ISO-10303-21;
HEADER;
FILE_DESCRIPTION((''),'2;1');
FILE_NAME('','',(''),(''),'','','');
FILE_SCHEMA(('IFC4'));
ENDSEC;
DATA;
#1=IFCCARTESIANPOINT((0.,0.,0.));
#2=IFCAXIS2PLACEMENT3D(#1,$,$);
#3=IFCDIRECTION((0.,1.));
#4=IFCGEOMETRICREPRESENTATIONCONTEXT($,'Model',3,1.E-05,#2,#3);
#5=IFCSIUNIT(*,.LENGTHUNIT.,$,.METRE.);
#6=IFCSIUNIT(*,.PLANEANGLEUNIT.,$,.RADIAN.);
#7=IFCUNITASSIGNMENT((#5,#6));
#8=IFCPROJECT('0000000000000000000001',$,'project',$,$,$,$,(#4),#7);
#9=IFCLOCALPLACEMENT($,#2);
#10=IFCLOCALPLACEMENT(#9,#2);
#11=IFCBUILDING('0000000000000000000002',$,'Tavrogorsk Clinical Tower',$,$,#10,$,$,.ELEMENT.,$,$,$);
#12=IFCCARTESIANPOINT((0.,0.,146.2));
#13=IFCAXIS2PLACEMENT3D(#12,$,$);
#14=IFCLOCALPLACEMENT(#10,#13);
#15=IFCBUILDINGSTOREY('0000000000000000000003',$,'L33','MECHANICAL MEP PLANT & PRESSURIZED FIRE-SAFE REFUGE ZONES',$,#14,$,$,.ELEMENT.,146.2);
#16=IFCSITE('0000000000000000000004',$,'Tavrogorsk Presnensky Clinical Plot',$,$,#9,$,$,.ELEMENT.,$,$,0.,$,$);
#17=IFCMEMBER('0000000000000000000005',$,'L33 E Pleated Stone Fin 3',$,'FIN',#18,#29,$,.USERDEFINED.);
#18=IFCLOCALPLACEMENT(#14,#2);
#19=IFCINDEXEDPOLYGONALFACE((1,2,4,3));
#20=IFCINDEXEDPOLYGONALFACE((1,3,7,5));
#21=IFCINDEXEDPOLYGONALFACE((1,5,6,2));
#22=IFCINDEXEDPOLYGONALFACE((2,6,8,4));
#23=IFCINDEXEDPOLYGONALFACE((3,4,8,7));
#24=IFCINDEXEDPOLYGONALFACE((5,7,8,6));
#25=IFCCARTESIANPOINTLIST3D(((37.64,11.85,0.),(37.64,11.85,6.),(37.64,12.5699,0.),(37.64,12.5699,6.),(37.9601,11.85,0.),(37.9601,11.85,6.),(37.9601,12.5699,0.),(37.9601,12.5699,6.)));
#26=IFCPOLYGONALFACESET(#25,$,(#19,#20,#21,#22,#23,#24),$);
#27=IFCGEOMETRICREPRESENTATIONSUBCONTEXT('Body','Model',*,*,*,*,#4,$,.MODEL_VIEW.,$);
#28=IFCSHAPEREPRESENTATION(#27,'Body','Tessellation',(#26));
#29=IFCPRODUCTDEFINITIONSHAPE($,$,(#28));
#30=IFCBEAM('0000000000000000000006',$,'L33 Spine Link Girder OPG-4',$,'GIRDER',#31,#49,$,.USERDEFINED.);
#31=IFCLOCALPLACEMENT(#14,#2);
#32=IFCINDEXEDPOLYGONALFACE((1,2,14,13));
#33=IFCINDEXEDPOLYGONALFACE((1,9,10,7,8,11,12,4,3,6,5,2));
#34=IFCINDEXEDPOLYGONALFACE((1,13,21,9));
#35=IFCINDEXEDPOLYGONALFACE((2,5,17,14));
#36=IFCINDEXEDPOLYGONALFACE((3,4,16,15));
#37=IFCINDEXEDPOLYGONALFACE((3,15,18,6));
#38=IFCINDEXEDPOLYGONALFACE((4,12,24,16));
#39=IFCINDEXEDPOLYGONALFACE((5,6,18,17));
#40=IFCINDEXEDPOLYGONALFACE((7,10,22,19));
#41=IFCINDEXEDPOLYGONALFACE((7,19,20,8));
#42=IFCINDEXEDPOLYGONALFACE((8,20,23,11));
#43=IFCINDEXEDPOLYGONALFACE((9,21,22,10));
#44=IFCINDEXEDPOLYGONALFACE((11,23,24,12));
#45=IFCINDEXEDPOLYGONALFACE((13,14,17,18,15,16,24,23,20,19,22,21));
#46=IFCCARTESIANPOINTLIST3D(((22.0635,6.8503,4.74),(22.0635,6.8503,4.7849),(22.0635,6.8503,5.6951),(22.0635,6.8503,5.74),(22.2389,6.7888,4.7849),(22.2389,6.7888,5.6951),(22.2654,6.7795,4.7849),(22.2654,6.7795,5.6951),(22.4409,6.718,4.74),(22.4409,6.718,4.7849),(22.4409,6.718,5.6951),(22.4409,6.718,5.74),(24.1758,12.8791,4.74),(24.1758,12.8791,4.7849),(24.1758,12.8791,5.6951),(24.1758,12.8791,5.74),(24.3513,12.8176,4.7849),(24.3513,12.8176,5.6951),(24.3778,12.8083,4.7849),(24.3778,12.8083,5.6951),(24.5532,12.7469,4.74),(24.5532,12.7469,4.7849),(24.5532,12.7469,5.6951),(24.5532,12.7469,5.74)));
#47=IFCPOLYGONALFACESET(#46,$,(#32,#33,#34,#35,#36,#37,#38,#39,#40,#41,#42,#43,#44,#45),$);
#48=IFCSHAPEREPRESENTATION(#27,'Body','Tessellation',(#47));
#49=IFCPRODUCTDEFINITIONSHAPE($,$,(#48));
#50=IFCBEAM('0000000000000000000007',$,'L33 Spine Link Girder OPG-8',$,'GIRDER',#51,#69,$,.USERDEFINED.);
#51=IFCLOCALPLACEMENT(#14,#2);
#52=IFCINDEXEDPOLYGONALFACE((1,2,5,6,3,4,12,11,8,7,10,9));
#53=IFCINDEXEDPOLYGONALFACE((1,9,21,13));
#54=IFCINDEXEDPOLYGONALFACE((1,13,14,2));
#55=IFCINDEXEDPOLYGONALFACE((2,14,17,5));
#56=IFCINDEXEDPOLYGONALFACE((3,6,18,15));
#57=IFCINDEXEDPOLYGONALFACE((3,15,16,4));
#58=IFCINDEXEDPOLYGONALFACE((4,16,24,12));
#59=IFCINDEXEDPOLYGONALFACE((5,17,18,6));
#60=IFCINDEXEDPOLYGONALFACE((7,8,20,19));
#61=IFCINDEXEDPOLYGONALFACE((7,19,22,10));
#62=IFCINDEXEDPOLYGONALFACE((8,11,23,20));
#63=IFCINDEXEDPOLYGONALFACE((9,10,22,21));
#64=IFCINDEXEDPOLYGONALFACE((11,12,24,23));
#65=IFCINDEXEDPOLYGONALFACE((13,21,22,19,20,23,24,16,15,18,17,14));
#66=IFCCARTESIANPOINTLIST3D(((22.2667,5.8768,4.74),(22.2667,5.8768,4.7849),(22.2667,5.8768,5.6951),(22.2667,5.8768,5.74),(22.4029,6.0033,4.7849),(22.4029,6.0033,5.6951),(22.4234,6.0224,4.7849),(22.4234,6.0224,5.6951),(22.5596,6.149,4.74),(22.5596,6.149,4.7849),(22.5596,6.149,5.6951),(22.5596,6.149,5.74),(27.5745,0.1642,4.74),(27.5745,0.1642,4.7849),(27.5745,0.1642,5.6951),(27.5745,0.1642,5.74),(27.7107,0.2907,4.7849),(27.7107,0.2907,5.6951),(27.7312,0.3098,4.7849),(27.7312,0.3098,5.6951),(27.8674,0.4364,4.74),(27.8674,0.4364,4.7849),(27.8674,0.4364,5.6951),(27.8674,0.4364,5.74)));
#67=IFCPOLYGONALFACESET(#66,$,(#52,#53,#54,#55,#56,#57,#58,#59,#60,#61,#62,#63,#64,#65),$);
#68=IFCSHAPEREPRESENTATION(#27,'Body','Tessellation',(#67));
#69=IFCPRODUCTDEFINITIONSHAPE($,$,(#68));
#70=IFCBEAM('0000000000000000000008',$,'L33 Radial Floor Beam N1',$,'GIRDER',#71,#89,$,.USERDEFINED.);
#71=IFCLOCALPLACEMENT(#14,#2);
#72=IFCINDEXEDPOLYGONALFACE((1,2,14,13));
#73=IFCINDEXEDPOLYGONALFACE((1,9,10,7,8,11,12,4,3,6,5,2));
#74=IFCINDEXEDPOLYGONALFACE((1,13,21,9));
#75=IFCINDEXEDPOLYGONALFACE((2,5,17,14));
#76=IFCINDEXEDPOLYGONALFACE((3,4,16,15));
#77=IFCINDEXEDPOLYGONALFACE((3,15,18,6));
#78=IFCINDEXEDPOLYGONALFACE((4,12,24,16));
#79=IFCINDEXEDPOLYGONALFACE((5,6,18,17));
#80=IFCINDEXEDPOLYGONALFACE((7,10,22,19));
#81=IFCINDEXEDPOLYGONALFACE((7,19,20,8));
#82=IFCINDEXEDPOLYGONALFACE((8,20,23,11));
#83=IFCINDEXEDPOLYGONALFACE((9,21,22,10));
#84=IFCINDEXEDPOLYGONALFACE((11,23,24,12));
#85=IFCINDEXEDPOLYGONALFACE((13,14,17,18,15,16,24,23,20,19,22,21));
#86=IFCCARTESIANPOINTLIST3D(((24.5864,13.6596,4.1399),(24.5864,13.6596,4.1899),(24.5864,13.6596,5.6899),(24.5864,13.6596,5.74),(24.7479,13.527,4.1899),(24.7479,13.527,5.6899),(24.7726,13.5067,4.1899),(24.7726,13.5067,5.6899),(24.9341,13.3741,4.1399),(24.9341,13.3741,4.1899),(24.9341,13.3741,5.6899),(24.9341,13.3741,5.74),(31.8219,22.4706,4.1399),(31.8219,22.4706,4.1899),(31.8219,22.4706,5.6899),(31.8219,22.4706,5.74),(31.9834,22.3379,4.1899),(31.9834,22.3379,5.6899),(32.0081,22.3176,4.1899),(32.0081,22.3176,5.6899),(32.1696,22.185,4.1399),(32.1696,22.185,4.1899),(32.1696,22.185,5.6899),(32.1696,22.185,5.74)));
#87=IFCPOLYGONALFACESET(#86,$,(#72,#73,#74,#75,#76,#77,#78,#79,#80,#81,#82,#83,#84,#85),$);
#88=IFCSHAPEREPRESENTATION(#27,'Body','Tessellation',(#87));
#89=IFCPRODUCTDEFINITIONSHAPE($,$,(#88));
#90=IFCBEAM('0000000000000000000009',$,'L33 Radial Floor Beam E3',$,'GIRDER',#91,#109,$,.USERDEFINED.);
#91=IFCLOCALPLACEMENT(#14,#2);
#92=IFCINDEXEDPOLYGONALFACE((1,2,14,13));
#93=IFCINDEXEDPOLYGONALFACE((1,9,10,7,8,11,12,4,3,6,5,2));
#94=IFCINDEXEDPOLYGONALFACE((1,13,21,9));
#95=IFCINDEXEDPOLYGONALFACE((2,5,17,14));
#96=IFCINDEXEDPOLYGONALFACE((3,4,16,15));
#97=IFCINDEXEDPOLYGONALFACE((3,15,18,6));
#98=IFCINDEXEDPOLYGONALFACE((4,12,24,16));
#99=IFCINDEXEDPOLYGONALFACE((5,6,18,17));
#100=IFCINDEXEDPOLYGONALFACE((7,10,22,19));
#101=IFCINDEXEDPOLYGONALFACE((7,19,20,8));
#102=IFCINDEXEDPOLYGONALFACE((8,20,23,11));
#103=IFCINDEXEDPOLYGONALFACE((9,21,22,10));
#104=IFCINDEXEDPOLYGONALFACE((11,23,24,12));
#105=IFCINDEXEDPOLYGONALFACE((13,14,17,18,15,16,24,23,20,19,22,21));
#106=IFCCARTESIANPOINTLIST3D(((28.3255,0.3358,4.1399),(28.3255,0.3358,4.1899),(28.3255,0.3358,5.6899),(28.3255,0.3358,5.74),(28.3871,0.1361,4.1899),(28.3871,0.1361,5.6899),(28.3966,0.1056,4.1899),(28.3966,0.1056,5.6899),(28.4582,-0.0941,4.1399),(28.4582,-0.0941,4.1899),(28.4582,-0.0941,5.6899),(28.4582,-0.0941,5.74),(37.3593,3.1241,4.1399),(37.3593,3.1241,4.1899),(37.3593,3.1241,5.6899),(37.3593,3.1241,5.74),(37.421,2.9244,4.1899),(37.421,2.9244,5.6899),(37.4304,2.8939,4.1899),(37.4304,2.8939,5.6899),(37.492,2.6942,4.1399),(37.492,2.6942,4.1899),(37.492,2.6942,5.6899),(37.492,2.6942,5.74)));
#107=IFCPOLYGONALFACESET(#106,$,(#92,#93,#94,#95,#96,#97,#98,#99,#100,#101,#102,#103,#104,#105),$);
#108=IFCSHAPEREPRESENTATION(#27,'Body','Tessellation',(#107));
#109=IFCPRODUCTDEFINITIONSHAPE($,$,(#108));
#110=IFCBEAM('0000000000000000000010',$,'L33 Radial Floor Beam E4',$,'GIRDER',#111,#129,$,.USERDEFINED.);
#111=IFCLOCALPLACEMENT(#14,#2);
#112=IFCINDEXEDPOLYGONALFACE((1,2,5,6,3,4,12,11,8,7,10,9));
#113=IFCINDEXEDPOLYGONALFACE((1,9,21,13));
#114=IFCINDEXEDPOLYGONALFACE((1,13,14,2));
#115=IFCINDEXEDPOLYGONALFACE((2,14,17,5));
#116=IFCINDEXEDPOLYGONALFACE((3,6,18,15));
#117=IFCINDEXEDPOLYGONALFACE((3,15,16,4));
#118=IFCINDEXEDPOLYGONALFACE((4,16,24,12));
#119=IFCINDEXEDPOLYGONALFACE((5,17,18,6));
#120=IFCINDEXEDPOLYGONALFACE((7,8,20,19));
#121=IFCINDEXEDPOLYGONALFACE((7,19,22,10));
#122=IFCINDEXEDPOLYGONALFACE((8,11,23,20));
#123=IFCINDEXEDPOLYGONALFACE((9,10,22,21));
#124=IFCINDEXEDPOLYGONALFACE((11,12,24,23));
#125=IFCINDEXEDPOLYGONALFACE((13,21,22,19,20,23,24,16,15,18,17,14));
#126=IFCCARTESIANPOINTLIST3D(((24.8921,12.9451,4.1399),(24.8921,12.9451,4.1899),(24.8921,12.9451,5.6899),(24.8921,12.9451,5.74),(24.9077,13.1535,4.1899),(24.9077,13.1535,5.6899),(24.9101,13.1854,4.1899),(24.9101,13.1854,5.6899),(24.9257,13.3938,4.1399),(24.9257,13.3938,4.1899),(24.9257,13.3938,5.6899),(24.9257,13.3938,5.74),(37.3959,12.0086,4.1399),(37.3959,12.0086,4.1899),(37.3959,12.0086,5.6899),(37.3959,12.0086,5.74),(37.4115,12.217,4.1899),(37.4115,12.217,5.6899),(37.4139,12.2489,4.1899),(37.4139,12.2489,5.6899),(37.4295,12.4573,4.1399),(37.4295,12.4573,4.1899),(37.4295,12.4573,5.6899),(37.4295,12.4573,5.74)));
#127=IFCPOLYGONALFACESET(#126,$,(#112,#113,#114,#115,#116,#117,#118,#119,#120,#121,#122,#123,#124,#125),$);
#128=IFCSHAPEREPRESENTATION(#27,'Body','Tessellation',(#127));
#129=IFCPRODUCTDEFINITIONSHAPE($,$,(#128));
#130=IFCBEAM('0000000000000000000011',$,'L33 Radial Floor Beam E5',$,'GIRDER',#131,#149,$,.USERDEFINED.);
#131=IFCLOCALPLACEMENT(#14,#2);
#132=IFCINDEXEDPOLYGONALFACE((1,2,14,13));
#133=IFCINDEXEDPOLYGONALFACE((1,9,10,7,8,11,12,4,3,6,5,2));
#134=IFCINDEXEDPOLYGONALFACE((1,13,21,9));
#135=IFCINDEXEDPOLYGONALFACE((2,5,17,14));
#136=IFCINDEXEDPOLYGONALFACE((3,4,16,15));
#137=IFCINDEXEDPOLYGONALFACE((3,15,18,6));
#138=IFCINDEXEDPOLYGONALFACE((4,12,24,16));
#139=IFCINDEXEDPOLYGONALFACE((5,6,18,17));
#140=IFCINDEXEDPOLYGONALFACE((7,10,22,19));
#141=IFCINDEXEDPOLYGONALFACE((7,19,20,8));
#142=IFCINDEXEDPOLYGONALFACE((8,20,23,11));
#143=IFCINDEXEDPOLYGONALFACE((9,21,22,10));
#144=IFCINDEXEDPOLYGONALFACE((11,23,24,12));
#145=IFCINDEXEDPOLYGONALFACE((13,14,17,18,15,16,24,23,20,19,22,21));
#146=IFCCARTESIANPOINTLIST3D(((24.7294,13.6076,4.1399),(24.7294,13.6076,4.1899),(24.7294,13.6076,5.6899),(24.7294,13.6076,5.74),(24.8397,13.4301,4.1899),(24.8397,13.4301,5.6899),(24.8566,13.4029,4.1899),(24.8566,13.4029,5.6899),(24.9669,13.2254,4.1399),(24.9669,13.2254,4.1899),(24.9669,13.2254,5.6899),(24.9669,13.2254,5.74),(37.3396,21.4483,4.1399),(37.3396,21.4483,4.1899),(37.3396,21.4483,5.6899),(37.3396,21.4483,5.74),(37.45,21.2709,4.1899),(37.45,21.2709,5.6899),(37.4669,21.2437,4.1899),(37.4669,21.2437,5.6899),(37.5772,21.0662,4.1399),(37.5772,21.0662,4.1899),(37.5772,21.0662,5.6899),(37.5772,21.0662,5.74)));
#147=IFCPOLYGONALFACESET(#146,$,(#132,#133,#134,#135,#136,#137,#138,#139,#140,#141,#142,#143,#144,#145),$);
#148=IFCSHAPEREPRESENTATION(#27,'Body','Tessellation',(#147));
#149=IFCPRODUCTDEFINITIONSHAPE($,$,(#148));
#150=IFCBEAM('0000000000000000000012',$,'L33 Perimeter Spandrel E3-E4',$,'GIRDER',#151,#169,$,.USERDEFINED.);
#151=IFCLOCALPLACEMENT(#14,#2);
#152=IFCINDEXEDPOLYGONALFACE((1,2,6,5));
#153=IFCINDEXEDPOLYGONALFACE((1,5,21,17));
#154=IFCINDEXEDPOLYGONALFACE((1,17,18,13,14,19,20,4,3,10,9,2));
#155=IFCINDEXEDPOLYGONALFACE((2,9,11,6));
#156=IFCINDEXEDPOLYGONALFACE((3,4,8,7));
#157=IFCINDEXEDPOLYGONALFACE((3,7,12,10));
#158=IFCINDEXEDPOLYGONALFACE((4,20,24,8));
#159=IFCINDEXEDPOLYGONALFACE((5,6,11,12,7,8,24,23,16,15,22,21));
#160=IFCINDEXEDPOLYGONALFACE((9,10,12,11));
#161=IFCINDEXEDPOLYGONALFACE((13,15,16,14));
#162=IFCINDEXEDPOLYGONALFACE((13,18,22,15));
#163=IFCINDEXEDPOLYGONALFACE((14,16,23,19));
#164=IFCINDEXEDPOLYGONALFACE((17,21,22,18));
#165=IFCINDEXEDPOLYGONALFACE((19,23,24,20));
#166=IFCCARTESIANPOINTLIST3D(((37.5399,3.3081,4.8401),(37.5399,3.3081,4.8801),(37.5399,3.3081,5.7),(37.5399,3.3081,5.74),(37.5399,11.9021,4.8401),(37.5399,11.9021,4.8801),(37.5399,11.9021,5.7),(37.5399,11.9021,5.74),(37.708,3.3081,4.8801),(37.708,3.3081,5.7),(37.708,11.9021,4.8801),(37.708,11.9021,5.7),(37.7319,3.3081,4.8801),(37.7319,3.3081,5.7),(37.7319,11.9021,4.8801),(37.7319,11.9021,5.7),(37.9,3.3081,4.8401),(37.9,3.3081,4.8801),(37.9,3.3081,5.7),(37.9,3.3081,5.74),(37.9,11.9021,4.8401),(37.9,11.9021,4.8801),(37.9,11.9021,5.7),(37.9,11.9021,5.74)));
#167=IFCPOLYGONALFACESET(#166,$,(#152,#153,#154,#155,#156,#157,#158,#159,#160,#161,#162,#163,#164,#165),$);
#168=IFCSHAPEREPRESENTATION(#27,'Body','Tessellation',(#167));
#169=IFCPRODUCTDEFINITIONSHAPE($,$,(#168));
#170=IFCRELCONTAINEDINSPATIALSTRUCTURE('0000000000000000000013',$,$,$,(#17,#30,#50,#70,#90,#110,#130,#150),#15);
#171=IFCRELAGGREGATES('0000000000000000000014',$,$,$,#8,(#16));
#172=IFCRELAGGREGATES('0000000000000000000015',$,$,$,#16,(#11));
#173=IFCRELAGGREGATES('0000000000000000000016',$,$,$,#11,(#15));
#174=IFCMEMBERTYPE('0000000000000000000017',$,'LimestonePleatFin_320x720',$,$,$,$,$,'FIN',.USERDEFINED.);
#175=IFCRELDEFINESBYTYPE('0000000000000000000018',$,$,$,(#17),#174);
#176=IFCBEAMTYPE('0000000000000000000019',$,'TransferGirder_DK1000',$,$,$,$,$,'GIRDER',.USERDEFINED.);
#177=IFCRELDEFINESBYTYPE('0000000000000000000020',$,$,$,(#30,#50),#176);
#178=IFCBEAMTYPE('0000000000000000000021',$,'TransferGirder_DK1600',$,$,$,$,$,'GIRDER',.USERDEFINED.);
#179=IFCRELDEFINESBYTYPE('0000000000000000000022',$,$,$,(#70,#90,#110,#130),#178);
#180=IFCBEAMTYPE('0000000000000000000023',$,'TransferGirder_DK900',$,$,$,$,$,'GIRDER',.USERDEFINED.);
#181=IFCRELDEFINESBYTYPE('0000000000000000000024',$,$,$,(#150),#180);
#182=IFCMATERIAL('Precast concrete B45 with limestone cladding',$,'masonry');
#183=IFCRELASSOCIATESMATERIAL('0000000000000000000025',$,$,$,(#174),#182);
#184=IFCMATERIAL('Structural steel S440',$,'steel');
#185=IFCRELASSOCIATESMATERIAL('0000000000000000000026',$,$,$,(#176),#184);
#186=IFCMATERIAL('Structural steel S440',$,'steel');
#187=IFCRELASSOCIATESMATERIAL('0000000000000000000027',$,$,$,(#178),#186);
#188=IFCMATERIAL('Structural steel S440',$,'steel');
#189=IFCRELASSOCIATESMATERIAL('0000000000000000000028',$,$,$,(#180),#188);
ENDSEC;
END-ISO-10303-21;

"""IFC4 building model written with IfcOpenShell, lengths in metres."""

from ifc_helpers import new_model, si_unit, direction, frame, origin, origin_2d, place, context, subcontext, project, spatial, rectangle, i_section, extrude, material, material_profile, profile_set, type_object, element, save


model = new_model("IFC4")

# Units and contexts
model_context = context("Model", 3, precision=1e-05, world=origin(), true_north=direction((0.0, 1.0)))
body_context = subcontext(model_context, "Body", "Model", "MODEL_VIEW")
ifc_project = project(units=[si_unit("LENGTHUNIT", "METRE"), si_unit("PLANEANGLEUNIT", "RADIAN")], contexts=[model_context])

# Site, building, storey
site_placement = place(None, origin())
site = spatial("IfcSite", under=ifc_project, at=site_placement, Name="Tavrogorsk Presnensky Clinical Plot", CompositionType="ELEMENT", RefElevation=0.0)
building_placement = place(site_placement, origin())
building = spatial("IfcBuilding", under=site, at=building_placement, Name="Tavrogorsk Clinical Tower", CompositionType="ELEMENT")
storey_placement = place(building_placement, frame((0.0, 0.0, 146.2)))
storey = spatial("IfcBuildingStorey", under=building, at=storey_placement, Name="L33", Description="MECHANICAL MEP PLANT & PRESSURIZED FIRE-SAFE REFUGE ZONES", CompositionType="ELEMENT", Elevation=146.2)

# Member
ifc_material_1 = material(Name="Precast concrete B45 with limestone cladding", Category="masonry")
ifc_material_profile_1 = material_profile(ifc_material_1, rectangle(XDim=0.3201, YDim=0.72, at=origin_2d()), Name="LIMESTONE-FIN-320x720")
ifc_profile_set_1 = profile_set([ifc_material_profile_1], Name="Precast concrete B45 with limestone cladding")
member_type_1 = type_object("IfcMemberType", Name="LimestonePleatFin_320x720", ElementType="FIN", PredefinedType="USERDEFINED", material=ifc_profile_set_1)
for number, where, z_axis, x_axis, name in (
    (1, (37.8, 12.21, 0.0), (0.0, 0.0, 1.0), (1.0, 0.0, 0.0), "L33 E Pleated Stone Fin 3"),
):
    element("IfcMember", number, at=place(storey_placement, frame(where, z_axis=z_axis, x_axis=x_axis)), inside=storey, type_object=member_type_1, Name=name, ObjectType="FIN", PredefinedType="USERDEFINED", context=body_context, shape_type="SweptSolid", body=[
        extrude(rectangle(XDim=0.3201, YDim=0.72, at=origin_2d()), origin(), (0.0, 0.0, 1.0), 6.0),
    ])

# Beams
ifc_material_2 = material(Name="Structural steel S440", Category="steel")
ifc_material_profile_2 = material_profile(ifc_material_2, i_section(OverallWidth=0.3999, OverallDepth=1.0, WebThickness=0.0281, FlangeThickness=0.0449, at=origin_2d()), Name="DK-1000x400x28x45")
ifc_profile_set_2 = profile_set([ifc_material_profile_2], Name="Structural steel S440")
beam_type_1 = type_object("IfcBeamType", Name="TransferGirder_DK1000", ElementType="GIRDER", PredefinedType="USERDEFINED", material=ifc_profile_set_2)
beam_1_placement = place(storey_placement, frame((24.3645, 12.813, 5.24), z_axis=(-0.33066, -0.94375, 0.0), x_axis=(0.94375, -0.33066, 0.0)))
element("IfcBeam", 2, at=beam_1_placement, inside=storey, type_object=beam_type_1, Name="L33 Spine Link Girder OPG-4", ObjectType="GIRDER", PredefinedType="USERDEFINED", context=body_context, shape_type="SweptSolid", body=[
    extrude(i_section(OverallWidth=0.3999, OverallDepth=1.0, WebThickness=0.0281, FlangeThickness=0.0449, at=origin_2d()), origin(), (0.0, 0.0, 1.0), 6.3882),
])
beam_2_placement = place(storey_placement, frame((27.7209, 0.3003, 5.24), z_axis=(-0.680676, 0.732585, 0.0), x_axis=(-0.732585, -0.680676, 0.0)))
element("IfcBeam", 3, at=beam_2_placement, inside=storey, type_object=beam_type_1, Name="L33 Spine Link Girder OPG-8", ObjectType="GIRDER", PredefinedType="USERDEFINED", context=body_context, shape_type="SweptSolid", body=[
    extrude(i_section(OverallWidth=0.3999, OverallDepth=1.0, WebThickness=0.0281, FlangeThickness=0.0449, at=origin_2d()), origin(), (0.0, 0.0, 1.0), 7.7979),
])
ifc_material_3 = material(Name="Structural steel S440", Category="steel")
ifc_material_profile_3 = material_profile(ifc_material_3, i_section(OverallWidth=0.45, OverallDepth=1.6001, WebThickness=0.032, FlangeThickness=0.05, at=origin_2d()), Name="DK-1600x450x32x50")
ifc_profile_set_3 = profile_set([ifc_material_profile_3], Name="Structural steel S440")
beam_type_2 = type_object("IfcBeamType", Name="TransferGirder_DK1600", ElementType="GIRDER", PredefinedType="USERDEFINED", material=ifc_profile_set_3)
beam_3_placement = place(storey_placement, frame((24.7603, 13.5168, 4.9399), z_axis=(0.634633, 0.772814, 0.0), x_axis=(-0.772814, 0.634633, 0.0)))
element("IfcBeam", 4, at=beam_3_placement, inside=storey, type_object=beam_type_2, Name="L33 Radial Floor Beam N1", ObjectType="GIRDER", PredefinedType="USERDEFINED", context=body_context, shape_type="SweptSolid", body=[
    extrude(i_section(OverallWidth=0.45, OverallDepth=1.6001, WebThickness=0.032, FlangeThickness=0.05, at=origin_2d()), origin(), (0.0, 0.0, 1.0), 11.4011),
])
beam_4_placement = place(storey_placement, frame((28.3918, 0.1208, 4.9399), z_axis=(0.955521, 0.294922, 0.0), x_axis=(-0.294922, 0.955521, 0.0)))
element("IfcBeam", 5, at=beam_4_placement, inside=storey, type_object=beam_type_2, Name="L33 Radial Floor Beam E3", ObjectType="GIRDER", PredefinedType="USERDEFINED", context=body_context, shape_type="SweptSolid", body=[
    extrude(i_section(OverallWidth=0.45, OverallDepth=1.6001, WebThickness=0.032, FlangeThickness=0.05, at=origin_2d()), origin(), (0.0, 0.0, 1.0), 9.4543),
])
beam_5_placement = place(storey_placement, frame((24.9089, 13.1694, 4.9399), z_axis=(0.997207, -0.074689, 0.0), x_axis=(0.074689, 0.997207, 0.0)))
element("IfcBeam", 6, at=beam_5_placement, inside=storey, type_object=beam_type_2, Name="L33 Radial Floor Beam E4", ObjectType="GIRDER", PredefinedType="USERDEFINED", context=body_context, shape_type="SweptSolid", body=[
    extrude(i_section(OverallWidth=0.45, OverallDepth=1.6001, WebThickness=0.032, FlangeThickness=0.05, at=origin_2d()), origin(), (0.0, 0.0, 1.0), 12.5388),
])
beam_6_placement = place(storey_placement, frame((24.8481, 13.4165, 4.9399), z_axis=(0.849226, 0.528029, 0.0), x_axis=(-0.528029, 0.849226, 0.0)))
element("IfcBeam", 7, at=beam_6_placement, inside=storey, type_object=beam_type_2, Name="L33 Radial Floor Beam E5", ObjectType="GIRDER", PredefinedType="USERDEFINED", context=body_context, shape_type="SweptSolid", body=[
    extrude(i_section(OverallWidth=0.45, OverallDepth=1.6001, WebThickness=0.032, FlangeThickness=0.05, at=origin_2d()), origin(), (0.0, 0.0, 1.0), 14.8491),
])
ifc_material_4 = material(Name="Structural steel S440", Category="steel")
ifc_material_profile_4 = material_profile(ifc_material_4, i_section(OverallWidth=0.3601, OverallDepth=0.8999, WebThickness=0.0239, FlangeThickness=0.04, at=origin_2d()), Name="DK-900x360x24x40")
ifc_profile_set_4 = profile_set([ifc_material_profile_4], Name="Structural steel S440")
beam_type_3 = type_object("IfcBeamType", Name="TransferGirder_DK900", ElementType="GIRDER", PredefinedType="USERDEFINED", material=ifc_profile_set_4)
for number, where, z_axis, x_axis, name in (
    (8, (37.72, 3.3081, 5.29), (0.0, 1.0, 0.0), (-1.0, 0.0, 0.0), "L33 Perimeter Spandrel E3-E4"),
):
    element("IfcBeam", number, at=place(storey_placement, frame(where, z_axis=z_axis, x_axis=x_axis)), inside=storey, type_object=beam_type_3, Name=name, ObjectType="GIRDER", PredefinedType="USERDEFINED", context=body_context, shape_type="SweptSolid", body=[
        extrude(i_section(OverallWidth=0.3601, OverallDepth=0.8999, WebThickness=0.0239, FlangeThickness=0.04, at=origin_2d()), origin(), (0.0, 0.0, 1.0), 8.594),
    ])

save(model, "model.ifc")
